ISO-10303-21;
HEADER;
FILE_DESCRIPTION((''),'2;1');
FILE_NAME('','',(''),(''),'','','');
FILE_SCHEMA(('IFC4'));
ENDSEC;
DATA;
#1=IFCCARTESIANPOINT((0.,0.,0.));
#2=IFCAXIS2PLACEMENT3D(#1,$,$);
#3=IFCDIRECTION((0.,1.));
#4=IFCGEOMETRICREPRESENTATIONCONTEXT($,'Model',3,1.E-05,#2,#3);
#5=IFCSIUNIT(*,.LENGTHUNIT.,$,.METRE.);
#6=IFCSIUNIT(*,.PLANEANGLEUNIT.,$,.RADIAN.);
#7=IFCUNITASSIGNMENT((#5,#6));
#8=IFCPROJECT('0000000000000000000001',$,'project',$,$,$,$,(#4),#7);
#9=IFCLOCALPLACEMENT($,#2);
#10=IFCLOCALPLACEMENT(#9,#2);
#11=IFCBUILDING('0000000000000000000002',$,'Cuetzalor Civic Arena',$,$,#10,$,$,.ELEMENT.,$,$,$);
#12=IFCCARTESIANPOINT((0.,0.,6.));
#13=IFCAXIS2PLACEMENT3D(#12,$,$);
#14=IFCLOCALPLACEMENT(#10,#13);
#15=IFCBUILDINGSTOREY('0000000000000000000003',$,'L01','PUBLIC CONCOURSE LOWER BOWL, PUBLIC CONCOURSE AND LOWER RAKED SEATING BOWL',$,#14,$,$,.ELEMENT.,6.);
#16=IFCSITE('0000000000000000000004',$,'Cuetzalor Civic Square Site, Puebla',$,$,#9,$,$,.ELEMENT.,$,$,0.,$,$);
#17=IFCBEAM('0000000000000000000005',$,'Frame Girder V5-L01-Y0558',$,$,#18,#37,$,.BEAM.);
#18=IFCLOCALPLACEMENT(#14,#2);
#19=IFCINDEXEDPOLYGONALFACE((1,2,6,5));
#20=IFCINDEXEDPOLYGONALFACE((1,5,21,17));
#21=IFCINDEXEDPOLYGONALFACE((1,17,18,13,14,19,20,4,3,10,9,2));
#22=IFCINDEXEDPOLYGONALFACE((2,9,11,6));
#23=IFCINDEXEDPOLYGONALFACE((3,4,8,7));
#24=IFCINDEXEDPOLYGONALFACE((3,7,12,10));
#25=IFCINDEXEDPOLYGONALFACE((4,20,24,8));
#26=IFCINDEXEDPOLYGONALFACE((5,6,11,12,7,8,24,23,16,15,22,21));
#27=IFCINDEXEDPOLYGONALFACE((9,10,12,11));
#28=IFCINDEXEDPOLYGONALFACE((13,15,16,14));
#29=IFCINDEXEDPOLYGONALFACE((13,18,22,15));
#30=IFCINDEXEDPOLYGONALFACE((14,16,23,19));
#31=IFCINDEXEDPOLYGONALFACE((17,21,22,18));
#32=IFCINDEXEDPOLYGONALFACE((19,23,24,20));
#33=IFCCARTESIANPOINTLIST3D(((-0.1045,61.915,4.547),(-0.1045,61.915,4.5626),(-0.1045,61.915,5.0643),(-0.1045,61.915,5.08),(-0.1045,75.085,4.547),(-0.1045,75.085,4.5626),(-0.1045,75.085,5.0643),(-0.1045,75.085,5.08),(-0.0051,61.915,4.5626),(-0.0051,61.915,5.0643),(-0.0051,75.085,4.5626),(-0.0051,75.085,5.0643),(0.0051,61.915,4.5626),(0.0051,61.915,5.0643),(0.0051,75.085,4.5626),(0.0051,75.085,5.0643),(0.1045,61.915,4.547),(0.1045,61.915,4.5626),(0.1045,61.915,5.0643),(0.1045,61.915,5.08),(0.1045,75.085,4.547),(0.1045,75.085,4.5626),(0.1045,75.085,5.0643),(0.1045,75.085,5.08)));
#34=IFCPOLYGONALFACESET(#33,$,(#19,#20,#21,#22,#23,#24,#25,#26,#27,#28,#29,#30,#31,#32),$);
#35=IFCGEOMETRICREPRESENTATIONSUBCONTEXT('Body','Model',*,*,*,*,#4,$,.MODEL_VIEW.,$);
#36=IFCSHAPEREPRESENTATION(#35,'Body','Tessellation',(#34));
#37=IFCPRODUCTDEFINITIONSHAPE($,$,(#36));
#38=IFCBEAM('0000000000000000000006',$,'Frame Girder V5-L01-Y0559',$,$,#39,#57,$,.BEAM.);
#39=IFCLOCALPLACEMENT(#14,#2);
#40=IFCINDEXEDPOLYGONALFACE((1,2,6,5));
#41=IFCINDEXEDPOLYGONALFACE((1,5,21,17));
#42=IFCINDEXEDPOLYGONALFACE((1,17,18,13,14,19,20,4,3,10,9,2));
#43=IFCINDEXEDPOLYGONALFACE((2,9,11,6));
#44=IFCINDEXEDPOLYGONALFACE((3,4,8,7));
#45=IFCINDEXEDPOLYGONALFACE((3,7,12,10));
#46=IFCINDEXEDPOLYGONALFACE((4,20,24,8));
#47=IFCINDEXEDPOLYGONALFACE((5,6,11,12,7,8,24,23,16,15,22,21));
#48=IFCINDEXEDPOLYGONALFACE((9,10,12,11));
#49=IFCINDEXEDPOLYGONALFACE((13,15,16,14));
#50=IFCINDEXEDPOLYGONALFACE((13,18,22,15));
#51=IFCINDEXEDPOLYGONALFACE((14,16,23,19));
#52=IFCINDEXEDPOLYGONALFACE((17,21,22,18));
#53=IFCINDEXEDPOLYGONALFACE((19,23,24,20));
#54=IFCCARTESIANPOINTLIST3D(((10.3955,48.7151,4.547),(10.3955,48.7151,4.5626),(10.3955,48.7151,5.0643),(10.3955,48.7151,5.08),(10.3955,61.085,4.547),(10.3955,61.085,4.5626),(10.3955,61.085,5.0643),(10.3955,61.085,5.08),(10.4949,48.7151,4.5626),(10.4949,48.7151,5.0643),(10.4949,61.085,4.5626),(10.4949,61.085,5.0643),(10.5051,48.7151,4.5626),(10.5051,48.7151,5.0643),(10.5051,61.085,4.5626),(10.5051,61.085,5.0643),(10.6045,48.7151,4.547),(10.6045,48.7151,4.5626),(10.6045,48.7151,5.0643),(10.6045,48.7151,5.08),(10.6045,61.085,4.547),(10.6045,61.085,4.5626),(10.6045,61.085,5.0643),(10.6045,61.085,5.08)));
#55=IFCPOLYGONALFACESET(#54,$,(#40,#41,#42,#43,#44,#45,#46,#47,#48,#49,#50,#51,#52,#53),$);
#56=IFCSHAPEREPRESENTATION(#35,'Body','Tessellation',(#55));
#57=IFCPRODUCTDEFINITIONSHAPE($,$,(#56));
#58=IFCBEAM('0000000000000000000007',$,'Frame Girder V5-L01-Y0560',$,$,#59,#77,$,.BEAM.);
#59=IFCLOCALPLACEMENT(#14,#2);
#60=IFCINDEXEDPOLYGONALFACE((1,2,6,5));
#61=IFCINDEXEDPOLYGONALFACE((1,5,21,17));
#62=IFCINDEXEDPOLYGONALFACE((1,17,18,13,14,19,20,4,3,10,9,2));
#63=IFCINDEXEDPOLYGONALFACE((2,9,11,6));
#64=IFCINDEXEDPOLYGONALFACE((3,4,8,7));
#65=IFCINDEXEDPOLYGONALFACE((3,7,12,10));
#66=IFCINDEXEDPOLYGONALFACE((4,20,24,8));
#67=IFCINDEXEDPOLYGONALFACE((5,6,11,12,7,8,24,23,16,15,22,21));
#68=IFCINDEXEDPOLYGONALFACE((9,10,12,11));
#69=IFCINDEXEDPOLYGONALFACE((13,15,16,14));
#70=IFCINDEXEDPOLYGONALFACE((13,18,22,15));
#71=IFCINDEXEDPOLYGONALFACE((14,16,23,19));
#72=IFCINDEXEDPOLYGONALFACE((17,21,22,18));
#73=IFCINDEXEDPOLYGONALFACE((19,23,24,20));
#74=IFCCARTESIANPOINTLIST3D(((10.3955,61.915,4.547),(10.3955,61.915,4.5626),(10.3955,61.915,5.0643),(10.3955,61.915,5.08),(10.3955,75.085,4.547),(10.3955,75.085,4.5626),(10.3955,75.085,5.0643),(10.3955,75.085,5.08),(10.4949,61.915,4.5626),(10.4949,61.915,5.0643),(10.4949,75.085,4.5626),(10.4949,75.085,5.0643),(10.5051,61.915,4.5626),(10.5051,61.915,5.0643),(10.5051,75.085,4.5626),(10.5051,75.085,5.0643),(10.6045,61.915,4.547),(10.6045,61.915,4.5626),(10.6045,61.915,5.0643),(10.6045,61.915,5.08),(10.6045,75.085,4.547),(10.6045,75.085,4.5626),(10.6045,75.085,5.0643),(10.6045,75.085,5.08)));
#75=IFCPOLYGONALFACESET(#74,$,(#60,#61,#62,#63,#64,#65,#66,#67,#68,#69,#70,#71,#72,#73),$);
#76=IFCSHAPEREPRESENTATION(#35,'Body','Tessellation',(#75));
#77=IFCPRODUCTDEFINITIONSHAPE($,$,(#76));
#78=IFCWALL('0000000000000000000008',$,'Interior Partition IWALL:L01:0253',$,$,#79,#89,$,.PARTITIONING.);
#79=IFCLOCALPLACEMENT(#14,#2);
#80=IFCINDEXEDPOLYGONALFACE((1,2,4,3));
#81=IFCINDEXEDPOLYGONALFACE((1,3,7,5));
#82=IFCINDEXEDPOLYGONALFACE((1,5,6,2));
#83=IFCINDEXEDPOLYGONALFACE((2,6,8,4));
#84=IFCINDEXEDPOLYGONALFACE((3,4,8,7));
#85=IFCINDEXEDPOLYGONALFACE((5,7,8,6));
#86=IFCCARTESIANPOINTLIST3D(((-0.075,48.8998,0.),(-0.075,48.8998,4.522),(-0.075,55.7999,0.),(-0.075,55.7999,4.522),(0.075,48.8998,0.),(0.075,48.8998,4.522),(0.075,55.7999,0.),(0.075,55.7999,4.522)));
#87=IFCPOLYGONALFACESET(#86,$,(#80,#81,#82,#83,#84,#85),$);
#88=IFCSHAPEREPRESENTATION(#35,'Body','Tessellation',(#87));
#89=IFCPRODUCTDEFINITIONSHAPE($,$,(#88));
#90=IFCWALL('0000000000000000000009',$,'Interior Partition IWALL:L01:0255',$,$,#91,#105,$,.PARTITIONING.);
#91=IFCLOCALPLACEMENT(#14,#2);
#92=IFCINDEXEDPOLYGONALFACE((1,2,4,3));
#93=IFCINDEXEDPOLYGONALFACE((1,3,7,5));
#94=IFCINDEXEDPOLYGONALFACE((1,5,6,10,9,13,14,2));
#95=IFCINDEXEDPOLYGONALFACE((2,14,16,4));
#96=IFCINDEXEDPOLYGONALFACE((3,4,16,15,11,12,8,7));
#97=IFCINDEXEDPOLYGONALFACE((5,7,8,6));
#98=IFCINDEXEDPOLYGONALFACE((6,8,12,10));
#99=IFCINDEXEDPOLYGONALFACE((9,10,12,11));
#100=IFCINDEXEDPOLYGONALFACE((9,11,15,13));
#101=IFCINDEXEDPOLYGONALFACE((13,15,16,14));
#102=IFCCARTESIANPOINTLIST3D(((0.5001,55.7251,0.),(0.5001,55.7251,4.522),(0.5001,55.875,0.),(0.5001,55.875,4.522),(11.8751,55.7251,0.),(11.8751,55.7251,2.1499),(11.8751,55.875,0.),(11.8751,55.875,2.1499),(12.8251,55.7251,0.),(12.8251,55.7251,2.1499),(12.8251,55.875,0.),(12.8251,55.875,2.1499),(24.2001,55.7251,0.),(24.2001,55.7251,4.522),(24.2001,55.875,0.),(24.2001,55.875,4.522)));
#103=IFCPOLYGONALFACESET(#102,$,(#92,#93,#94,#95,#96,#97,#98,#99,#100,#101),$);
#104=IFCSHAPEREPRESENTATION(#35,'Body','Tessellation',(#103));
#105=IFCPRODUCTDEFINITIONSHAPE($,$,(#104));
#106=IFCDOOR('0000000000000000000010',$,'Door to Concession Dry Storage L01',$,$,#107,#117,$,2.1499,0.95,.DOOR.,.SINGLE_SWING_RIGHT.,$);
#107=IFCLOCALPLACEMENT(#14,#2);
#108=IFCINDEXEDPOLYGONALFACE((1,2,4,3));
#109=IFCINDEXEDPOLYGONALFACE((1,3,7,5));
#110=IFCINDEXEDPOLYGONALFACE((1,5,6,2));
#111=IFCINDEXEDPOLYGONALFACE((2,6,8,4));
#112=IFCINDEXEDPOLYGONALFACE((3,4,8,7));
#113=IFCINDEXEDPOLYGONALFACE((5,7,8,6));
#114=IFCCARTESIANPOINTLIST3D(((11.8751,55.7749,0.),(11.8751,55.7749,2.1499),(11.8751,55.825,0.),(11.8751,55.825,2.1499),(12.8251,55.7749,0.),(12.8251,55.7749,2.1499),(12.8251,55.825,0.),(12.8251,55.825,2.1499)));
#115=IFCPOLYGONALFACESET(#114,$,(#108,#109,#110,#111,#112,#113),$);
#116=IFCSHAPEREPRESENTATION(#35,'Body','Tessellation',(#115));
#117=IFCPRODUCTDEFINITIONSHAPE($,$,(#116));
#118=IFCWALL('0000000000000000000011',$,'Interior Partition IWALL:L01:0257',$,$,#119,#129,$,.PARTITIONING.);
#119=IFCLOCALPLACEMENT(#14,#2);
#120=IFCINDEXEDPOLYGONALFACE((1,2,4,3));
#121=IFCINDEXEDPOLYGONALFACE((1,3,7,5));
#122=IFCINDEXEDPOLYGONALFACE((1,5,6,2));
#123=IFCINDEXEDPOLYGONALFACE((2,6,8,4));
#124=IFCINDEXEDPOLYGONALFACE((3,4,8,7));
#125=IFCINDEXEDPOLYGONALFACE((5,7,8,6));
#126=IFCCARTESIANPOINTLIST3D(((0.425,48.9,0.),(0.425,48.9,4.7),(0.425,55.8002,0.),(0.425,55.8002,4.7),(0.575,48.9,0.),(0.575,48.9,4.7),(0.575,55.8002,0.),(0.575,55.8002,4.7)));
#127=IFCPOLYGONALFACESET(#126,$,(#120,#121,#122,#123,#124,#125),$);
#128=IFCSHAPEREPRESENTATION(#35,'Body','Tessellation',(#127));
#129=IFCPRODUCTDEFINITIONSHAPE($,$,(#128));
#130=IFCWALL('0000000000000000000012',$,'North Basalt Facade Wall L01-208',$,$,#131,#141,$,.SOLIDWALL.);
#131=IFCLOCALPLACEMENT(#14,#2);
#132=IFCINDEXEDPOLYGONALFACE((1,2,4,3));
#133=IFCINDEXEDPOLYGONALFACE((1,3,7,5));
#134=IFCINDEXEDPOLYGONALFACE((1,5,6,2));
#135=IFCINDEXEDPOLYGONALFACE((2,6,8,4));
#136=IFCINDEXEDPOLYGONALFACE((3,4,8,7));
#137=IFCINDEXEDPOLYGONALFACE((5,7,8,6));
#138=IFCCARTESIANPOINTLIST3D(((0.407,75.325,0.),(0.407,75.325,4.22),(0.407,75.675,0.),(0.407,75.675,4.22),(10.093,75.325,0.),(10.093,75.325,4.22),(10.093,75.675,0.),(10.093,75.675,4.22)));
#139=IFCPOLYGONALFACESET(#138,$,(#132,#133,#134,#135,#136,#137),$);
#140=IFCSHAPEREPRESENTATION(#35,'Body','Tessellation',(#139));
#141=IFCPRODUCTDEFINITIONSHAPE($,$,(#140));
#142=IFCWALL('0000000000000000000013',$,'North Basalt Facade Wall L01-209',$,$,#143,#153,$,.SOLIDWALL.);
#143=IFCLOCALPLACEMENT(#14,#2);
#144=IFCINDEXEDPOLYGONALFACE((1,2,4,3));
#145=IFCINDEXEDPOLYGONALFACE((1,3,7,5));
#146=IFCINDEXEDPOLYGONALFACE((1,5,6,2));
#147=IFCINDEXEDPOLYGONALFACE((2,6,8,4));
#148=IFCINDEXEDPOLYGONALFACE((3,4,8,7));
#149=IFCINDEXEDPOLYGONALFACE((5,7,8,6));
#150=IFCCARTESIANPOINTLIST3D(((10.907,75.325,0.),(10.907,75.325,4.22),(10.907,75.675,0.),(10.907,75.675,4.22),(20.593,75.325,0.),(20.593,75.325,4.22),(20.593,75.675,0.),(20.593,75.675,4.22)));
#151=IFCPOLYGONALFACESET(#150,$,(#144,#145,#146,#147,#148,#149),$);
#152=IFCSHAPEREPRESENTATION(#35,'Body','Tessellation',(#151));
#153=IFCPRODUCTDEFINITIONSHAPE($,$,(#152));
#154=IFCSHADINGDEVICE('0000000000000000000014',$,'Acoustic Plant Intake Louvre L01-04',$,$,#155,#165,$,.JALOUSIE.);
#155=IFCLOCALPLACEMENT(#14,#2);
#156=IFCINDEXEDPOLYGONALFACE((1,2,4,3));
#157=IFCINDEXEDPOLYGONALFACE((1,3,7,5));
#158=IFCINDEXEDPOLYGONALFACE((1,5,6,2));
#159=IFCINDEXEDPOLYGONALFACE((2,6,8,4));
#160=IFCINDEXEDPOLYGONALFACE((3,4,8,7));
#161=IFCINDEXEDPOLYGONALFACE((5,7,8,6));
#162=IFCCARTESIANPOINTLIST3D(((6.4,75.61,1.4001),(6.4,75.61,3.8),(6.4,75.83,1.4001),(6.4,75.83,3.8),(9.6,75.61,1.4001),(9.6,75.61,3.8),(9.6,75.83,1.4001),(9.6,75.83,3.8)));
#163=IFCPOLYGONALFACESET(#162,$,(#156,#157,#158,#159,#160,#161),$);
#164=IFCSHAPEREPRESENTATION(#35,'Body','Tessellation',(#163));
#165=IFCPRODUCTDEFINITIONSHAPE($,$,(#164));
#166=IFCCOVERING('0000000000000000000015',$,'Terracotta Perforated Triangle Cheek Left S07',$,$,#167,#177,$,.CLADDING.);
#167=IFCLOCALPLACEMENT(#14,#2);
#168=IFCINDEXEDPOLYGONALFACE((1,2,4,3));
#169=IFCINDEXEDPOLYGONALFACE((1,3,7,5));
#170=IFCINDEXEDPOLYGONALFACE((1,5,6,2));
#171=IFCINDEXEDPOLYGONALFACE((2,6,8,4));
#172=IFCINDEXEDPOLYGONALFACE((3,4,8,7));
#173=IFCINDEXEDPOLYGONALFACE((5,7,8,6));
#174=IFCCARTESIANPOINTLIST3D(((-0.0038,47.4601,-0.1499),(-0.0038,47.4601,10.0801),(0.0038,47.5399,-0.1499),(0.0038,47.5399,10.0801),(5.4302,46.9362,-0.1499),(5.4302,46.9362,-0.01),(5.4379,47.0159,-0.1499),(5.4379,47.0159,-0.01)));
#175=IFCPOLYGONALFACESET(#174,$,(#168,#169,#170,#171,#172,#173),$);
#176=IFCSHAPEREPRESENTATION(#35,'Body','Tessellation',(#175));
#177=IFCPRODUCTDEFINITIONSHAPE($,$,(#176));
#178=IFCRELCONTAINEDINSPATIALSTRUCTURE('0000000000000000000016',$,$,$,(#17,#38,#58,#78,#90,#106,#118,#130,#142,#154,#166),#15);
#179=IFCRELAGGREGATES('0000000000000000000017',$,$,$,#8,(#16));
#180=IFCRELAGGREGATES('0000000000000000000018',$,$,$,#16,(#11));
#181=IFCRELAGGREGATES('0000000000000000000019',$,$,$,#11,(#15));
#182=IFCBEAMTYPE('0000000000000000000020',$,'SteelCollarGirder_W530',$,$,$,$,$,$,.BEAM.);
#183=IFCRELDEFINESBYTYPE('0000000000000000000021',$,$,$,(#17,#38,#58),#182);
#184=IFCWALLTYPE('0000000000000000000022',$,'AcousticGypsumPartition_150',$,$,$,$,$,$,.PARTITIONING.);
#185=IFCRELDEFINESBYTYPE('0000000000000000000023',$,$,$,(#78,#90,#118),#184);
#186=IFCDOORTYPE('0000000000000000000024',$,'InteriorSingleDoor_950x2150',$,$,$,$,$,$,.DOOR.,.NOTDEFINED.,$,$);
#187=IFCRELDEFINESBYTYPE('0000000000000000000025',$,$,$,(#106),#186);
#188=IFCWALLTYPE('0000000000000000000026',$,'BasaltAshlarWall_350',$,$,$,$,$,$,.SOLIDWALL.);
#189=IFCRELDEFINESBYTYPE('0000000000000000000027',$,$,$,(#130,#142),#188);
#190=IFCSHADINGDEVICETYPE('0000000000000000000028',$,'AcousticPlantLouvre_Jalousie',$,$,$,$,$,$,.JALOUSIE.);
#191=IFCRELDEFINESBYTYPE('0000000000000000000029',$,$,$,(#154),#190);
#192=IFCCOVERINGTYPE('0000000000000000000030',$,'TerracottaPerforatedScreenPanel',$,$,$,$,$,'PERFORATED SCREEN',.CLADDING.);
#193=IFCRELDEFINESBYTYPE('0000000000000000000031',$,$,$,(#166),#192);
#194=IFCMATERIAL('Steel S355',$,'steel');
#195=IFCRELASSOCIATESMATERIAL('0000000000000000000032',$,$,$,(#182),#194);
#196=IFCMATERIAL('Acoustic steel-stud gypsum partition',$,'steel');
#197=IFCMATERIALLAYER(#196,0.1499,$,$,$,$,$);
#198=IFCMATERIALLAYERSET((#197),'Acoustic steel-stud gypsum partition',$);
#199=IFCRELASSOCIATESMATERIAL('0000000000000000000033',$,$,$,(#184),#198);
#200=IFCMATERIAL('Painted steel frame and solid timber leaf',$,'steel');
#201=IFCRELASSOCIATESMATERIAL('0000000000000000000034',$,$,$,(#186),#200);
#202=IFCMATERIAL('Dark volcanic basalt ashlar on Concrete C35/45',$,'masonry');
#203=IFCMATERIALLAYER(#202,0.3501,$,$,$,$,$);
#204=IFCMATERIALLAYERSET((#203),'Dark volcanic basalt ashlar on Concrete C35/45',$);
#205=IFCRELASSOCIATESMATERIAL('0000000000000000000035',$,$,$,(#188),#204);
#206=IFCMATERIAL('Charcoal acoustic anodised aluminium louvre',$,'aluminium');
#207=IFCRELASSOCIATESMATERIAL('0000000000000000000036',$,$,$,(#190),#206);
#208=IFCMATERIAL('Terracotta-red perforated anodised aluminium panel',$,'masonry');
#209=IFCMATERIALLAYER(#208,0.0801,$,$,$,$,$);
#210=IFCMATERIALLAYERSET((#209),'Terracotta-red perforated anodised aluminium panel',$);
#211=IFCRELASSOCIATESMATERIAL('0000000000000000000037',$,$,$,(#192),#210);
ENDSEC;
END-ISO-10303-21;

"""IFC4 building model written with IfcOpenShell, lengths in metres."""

from ifc_helpers import new_model, si_unit, direction, frame, frame_2d, origin, origin_2d, place, context, subcontext, project, spatial, polyline, rectangle, i_section, outline, extrude, material, layer, layer_set, material_profile, profile_set, type_object, element, fill, save


model = new_model("IFC4")

# Units and contexts
model_context = context("Model", 3, precision=1e-05, world=origin(), true_north=direction((0.0, 1.0)))
body_context = subcontext(model_context, "Body", "Model", "MODEL_VIEW")
ifc_project = project(units=[si_unit("LENGTHUNIT", "METRE"), si_unit("PLANEANGLEUNIT", "RADIAN")], contexts=[model_context])

# Site, building, storey
site_placement = place(None, origin())
site = spatial("IfcSite", under=ifc_project, at=site_placement, Name="Cuetzalor Civic Square Site, Puebla", CompositionType="ELEMENT", RefElevation=0.0)
building_placement = place(site_placement, origin())
building = spatial("IfcBuilding", under=site, at=building_placement, Name="Cuetzalor Civic Arena", CompositionType="ELEMENT")
storey_placement = place(building_placement, frame((0.0, 0.0, 6.0)))
storey = spatial("IfcBuildingStorey", under=building, at=storey_placement, Name="L01", Description="PUBLIC CONCOURSE LOWER BOWL, PUBLIC CONCOURSE AND LOWER RAKED SEATING BOWL", CompositionType="ELEMENT", Elevation=6.0)

# Beams
ifc_material_1 = material(Name="Steel S355", Category="steel")
ifc_material_profile_1 = material_profile(ifc_material_1, i_section(OverallWidth=0.209, OverallDepth=0.533, WebThickness=0.0103, FlangeThickness=0.0156, at=origin_2d()), Name="W530x92")
ifc_profile_set_1 = profile_set([ifc_material_profile_1], Name="Steel S355")
beam_type_1 = type_object("IfcBeamType", Name="SteelCollarGirder_W530", PredefinedType="BEAM", material=ifc_profile_set_1)
beam_1_placement = place(storey_placement, frame((0.0, 61.915, 4.8135), z_axis=(0.0, 1.0, 0.0), x_axis=(-1.0, 0.0, 0.0)))
element("IfcBeam", 1, at=beam_1_placement, inside=storey, type_object=beam_type_1, Name="Frame Girder V5-L01-Y0558", PredefinedType="BEAM", context=body_context, shape_type="SweptSolid", body=[
    extrude(i_section(OverallWidth=0.209, OverallDepth=0.533, WebThickness=0.0103, FlangeThickness=0.0156, at=origin_2d()), origin(), (0.0, 0.0, 1.0), 13.1699),
])
beam_2_placement = place(storey_placement, frame((10.5, 48.7151, 4.8135), z_axis=(0.0, 1.0, 0.0), x_axis=(-1.0, 0.0, 0.0)))
element("IfcBeam", 2, at=beam_2_placement, inside=storey, type_object=beam_type_1, Name="Frame Girder V5-L01-Y0559", PredefinedType="BEAM", context=body_context, shape_type="SweptSolid", body=[
    extrude(i_section(OverallWidth=0.209, OverallDepth=0.533, WebThickness=0.0103, FlangeThickness=0.0156, at=origin_2d()), origin(), (0.0, 0.0, 1.0), 12.3699),
])
beam_3_placement = place(storey_placement, frame((10.5, 61.915, 4.8135), z_axis=(0.0, 1.0, 0.0), x_axis=(-1.0, 0.0, 0.0)))
element("IfcBeam", 3, at=beam_3_placement, inside=storey, type_object=beam_type_1, Name="Frame Girder V5-L01-Y0560", PredefinedType="BEAM", context=body_context, shape_type="SweptSolid", body=[
    extrude(i_section(OverallWidth=0.209, OverallDepth=0.533, WebThickness=0.0103, FlangeThickness=0.0156, at=origin_2d()), origin(), (0.0, 0.0, 1.0), 13.1699),
])

# Wall
ifc_material_2 = material(Name="Acoustic steel-stud gypsum partition", Category="steel")
ifc_layer_1 = layer(ifc_material_2, 0.1499)
ifc_layer_set_1 = layer_set([ifc_layer_1], Name="Acoustic steel-stud gypsum partition")
wall_type_1 = type_object("IfcWallType", Name="AcousticGypsumPartition_150", PredefinedType="PARTITIONING", material=ifc_layer_set_1)
wall_1_placement = place(storey_placement, frame((0.0, 55.8, 0.0), z_axis=(0.0, 0.0, 1.0), x_axis=(0.0, -1.0, 0.0)))
element("IfcWall", 4, at=wall_1_placement, inside=storey, type_object=wall_type_1, Name="Interior Partition IWALL:L01:0253", PredefinedType="PARTITIONING", context=body_context, shape_type="SweptSolid", body=[
    extrude(rectangle(XDim=6.9001, YDim=0.1499, at=frame_2d((3.4502, 0.0))), origin(), (0.0, 0.0, 1.0), 4.522),
])

# Wall, opening, door
wall_2_placement = place(storey_placement, frame((0.5, 55.8, 0.0), z_axis=(0.0, 0.0, 1.0), x_axis=(1.0, 0.0, 0.0)))
wall_2 = element("IfcWall", 5, at=wall_2_placement, inside=storey, type_object=wall_type_1, Name="Interior Partition IWALL:L01:0255", PredefinedType="PARTITIONING", context=body_context, shape_type="SweptSolid", body=[
    extrude(rectangle(XDim=23.7, YDim=0.1499, at=frame_2d((11.8501, 0.0))), origin(), (0.0, 0.0, 1.0), 4.522),
])
opening_placement = place(wall_2_placement, frame((11.375, 0.0, 0.0)))
opening = element("IfcOpeningElement", 6, at=opening_placement, cuts=wall_2, PredefinedType="OPENING", context=body_context, shape_type="SweptSolid", body=[
    extrude(rectangle(XDim=0.95, YDim=2.1499, at=frame_2d((0.4751, 1.075))), frame((0.0, 0.085, 0.0), z_axis=(0.0, -1.0, 0.0), x_axis=(1.0, 0.0, 0.0)), (0.0, 0.0, 1.0), 0.1699),
])
ifc_material_3 = material(Name="Painted steel frame and solid timber leaf", Category="steel")
door_type = type_object("IfcDoorType", Name="InteriorSingleDoor_950x2150", OperationType="NOTDEFINED", PredefinedType="DOOR", material=ifc_material_3)
door_placement = place(opening_placement, origin())
door = element("IfcDoor", 7, at=door_placement, inside=storey, type_object=door_type, Name="Door to Concession Dry Storage L01", OperationType="SINGLE_SWING_RIGHT", OverallHeight=2.1499, OverallWidth=0.95, PredefinedType="DOOR", context=body_context, shape_type="SweptSolid", body=[
    extrude(rectangle(XDim=0.95, YDim=2.1499, at=frame_2d((0.4751, 1.075))), frame((0.0, 0.0249, 0.0), z_axis=(0.0, -1.0, 0.0), x_axis=(1.0, 0.0, 0.0)), (0.0, 0.0, 1.0), 0.05),
])
fill(opening, door)

# Walls
wall_3_placement = place(storey_placement, frame((0.5, 48.8999, 0.0), z_axis=(0.0, 0.0, 1.0), x_axis=(0.0, 1.0, 0.0)))
element("IfcWall", 8, at=wall_3_placement, inside=storey, type_object=wall_type_1, Name="Interior Partition IWALL:L01:0257", PredefinedType="PARTITIONING", context=body_context, shape_type="SweptSolid", body=[
    extrude(rectangle(XDim=6.9001, YDim=0.1499, at=frame_2d((3.4502, 0.0))), origin(), (0.0, 0.0, 1.0), 4.7),
])
ifc_material_4 = material(Name="Dark volcanic basalt ashlar on Concrete C35/45", Category="masonry")
ifc_layer_2 = layer(ifc_material_4, 0.3501)
ifc_layer_set_2 = layer_set([ifc_layer_2], Name="Dark volcanic basalt ashlar on Concrete C35/45")
wall_type_2 = type_object("IfcWallType", Name="BasaltAshlarWall_350", PredefinedType="SOLIDWALL", material=ifc_layer_set_2)
for number, where, z_axis, x_axis, name in (
    (9, (0.407, 75.5, 0.0), (0.0, 0.0, 1.0), (1.0, 0.0, 0.0), "North Basalt Facade Wall L01-208"),
    (10, (10.907, 75.5, 0.0), (0.0, 0.0, 1.0), (1.0, 0.0, 0.0), "North Basalt Facade Wall L01-209"),
):
    element("IfcWall", number, at=place(storey_placement, frame(where, z_axis=z_axis, x_axis=x_axis)), inside=storey, type_object=wall_type_2, Name=name, PredefinedType="SOLIDWALL", context=body_context, shape_type="SweptSolid", body=[
        extrude(rectangle(XDim=9.686, YDim=0.3501, at=frame_2d((4.843, 0.0))), origin(), (0.0, 0.0, 1.0), 4.22),
    ])

# Shading device
ifc_material_5 = material(Name="Charcoal acoustic anodised aluminium louvre", Category="aluminium")
shading_device_type = type_object("IfcShadingDeviceType", Name="AcousticPlantLouvre_Jalousie", PredefinedType="JALOUSIE", material=ifc_material_5)
shading_device_placement = place(storey_placement, frame((8.0, 75.72, 1.4001), z_axis=(0.0, 0.0, 1.0), x_axis=(1.0, 0.0, 0.0)))
element("IfcShadingDevice", 11, at=shading_device_placement, inside=storey, type_object=shading_device_type, Name="Acoustic Plant Intake Louvre L01-04", PredefinedType="JALOUSIE", context=body_context, shape_type="SweptSolid", body=[
    extrude(rectangle(XDim=3.2, YDim=0.22, at=origin_2d()), origin(), (0.0, 0.0, 1.0), 2.3999),
])

# Covering
ifc_material_6 = material(Name="Terracotta-red perforated anodised aluminium panel", Category="masonry")
ifc_layer_3 = layer(ifc_material_6, 0.0801)
ifc_layer_set_3 = layer_set([ifc_layer_3], Name="Terracotta-red perforated anodised aluminium panel")
covering_type = type_object("IfcCoveringType", Name="TerracottaPerforatedScreenPanel", ElementType="PERFORATED SCREEN", PredefinedType="CLADDING", material=ifc_layer_set_3)
covering_placement = place(storey_placement, frame((0.0, 47.5, -0.1499), z_axis=(0.0, 0.0, 1.0), x_axis=(0.995384, -0.09597, 0.0)))
element("IfcCovering", 12, at=covering_placement, inside=storey, type_object=covering_type, Name="Terracotta Perforated Triangle Cheek Left S07", PredefinedType="CLADDING", context=body_context, shape_type="SweptSolid", body=[
    extrude(outline(polyline([(0.0, 0.0), (5.4592, 0.0), (5.4592, 0.1399), (0.0, 10.23), (0.0, 0.0)])), frame((0.0, 0.04, 0.0), z_axis=(0.0, -1.0, 0.0), x_axis=(1.0, 0.0, 0.0)), (0.0, 0.0, 1.0), 0.0801),
])

save(model, "model.ifc")
